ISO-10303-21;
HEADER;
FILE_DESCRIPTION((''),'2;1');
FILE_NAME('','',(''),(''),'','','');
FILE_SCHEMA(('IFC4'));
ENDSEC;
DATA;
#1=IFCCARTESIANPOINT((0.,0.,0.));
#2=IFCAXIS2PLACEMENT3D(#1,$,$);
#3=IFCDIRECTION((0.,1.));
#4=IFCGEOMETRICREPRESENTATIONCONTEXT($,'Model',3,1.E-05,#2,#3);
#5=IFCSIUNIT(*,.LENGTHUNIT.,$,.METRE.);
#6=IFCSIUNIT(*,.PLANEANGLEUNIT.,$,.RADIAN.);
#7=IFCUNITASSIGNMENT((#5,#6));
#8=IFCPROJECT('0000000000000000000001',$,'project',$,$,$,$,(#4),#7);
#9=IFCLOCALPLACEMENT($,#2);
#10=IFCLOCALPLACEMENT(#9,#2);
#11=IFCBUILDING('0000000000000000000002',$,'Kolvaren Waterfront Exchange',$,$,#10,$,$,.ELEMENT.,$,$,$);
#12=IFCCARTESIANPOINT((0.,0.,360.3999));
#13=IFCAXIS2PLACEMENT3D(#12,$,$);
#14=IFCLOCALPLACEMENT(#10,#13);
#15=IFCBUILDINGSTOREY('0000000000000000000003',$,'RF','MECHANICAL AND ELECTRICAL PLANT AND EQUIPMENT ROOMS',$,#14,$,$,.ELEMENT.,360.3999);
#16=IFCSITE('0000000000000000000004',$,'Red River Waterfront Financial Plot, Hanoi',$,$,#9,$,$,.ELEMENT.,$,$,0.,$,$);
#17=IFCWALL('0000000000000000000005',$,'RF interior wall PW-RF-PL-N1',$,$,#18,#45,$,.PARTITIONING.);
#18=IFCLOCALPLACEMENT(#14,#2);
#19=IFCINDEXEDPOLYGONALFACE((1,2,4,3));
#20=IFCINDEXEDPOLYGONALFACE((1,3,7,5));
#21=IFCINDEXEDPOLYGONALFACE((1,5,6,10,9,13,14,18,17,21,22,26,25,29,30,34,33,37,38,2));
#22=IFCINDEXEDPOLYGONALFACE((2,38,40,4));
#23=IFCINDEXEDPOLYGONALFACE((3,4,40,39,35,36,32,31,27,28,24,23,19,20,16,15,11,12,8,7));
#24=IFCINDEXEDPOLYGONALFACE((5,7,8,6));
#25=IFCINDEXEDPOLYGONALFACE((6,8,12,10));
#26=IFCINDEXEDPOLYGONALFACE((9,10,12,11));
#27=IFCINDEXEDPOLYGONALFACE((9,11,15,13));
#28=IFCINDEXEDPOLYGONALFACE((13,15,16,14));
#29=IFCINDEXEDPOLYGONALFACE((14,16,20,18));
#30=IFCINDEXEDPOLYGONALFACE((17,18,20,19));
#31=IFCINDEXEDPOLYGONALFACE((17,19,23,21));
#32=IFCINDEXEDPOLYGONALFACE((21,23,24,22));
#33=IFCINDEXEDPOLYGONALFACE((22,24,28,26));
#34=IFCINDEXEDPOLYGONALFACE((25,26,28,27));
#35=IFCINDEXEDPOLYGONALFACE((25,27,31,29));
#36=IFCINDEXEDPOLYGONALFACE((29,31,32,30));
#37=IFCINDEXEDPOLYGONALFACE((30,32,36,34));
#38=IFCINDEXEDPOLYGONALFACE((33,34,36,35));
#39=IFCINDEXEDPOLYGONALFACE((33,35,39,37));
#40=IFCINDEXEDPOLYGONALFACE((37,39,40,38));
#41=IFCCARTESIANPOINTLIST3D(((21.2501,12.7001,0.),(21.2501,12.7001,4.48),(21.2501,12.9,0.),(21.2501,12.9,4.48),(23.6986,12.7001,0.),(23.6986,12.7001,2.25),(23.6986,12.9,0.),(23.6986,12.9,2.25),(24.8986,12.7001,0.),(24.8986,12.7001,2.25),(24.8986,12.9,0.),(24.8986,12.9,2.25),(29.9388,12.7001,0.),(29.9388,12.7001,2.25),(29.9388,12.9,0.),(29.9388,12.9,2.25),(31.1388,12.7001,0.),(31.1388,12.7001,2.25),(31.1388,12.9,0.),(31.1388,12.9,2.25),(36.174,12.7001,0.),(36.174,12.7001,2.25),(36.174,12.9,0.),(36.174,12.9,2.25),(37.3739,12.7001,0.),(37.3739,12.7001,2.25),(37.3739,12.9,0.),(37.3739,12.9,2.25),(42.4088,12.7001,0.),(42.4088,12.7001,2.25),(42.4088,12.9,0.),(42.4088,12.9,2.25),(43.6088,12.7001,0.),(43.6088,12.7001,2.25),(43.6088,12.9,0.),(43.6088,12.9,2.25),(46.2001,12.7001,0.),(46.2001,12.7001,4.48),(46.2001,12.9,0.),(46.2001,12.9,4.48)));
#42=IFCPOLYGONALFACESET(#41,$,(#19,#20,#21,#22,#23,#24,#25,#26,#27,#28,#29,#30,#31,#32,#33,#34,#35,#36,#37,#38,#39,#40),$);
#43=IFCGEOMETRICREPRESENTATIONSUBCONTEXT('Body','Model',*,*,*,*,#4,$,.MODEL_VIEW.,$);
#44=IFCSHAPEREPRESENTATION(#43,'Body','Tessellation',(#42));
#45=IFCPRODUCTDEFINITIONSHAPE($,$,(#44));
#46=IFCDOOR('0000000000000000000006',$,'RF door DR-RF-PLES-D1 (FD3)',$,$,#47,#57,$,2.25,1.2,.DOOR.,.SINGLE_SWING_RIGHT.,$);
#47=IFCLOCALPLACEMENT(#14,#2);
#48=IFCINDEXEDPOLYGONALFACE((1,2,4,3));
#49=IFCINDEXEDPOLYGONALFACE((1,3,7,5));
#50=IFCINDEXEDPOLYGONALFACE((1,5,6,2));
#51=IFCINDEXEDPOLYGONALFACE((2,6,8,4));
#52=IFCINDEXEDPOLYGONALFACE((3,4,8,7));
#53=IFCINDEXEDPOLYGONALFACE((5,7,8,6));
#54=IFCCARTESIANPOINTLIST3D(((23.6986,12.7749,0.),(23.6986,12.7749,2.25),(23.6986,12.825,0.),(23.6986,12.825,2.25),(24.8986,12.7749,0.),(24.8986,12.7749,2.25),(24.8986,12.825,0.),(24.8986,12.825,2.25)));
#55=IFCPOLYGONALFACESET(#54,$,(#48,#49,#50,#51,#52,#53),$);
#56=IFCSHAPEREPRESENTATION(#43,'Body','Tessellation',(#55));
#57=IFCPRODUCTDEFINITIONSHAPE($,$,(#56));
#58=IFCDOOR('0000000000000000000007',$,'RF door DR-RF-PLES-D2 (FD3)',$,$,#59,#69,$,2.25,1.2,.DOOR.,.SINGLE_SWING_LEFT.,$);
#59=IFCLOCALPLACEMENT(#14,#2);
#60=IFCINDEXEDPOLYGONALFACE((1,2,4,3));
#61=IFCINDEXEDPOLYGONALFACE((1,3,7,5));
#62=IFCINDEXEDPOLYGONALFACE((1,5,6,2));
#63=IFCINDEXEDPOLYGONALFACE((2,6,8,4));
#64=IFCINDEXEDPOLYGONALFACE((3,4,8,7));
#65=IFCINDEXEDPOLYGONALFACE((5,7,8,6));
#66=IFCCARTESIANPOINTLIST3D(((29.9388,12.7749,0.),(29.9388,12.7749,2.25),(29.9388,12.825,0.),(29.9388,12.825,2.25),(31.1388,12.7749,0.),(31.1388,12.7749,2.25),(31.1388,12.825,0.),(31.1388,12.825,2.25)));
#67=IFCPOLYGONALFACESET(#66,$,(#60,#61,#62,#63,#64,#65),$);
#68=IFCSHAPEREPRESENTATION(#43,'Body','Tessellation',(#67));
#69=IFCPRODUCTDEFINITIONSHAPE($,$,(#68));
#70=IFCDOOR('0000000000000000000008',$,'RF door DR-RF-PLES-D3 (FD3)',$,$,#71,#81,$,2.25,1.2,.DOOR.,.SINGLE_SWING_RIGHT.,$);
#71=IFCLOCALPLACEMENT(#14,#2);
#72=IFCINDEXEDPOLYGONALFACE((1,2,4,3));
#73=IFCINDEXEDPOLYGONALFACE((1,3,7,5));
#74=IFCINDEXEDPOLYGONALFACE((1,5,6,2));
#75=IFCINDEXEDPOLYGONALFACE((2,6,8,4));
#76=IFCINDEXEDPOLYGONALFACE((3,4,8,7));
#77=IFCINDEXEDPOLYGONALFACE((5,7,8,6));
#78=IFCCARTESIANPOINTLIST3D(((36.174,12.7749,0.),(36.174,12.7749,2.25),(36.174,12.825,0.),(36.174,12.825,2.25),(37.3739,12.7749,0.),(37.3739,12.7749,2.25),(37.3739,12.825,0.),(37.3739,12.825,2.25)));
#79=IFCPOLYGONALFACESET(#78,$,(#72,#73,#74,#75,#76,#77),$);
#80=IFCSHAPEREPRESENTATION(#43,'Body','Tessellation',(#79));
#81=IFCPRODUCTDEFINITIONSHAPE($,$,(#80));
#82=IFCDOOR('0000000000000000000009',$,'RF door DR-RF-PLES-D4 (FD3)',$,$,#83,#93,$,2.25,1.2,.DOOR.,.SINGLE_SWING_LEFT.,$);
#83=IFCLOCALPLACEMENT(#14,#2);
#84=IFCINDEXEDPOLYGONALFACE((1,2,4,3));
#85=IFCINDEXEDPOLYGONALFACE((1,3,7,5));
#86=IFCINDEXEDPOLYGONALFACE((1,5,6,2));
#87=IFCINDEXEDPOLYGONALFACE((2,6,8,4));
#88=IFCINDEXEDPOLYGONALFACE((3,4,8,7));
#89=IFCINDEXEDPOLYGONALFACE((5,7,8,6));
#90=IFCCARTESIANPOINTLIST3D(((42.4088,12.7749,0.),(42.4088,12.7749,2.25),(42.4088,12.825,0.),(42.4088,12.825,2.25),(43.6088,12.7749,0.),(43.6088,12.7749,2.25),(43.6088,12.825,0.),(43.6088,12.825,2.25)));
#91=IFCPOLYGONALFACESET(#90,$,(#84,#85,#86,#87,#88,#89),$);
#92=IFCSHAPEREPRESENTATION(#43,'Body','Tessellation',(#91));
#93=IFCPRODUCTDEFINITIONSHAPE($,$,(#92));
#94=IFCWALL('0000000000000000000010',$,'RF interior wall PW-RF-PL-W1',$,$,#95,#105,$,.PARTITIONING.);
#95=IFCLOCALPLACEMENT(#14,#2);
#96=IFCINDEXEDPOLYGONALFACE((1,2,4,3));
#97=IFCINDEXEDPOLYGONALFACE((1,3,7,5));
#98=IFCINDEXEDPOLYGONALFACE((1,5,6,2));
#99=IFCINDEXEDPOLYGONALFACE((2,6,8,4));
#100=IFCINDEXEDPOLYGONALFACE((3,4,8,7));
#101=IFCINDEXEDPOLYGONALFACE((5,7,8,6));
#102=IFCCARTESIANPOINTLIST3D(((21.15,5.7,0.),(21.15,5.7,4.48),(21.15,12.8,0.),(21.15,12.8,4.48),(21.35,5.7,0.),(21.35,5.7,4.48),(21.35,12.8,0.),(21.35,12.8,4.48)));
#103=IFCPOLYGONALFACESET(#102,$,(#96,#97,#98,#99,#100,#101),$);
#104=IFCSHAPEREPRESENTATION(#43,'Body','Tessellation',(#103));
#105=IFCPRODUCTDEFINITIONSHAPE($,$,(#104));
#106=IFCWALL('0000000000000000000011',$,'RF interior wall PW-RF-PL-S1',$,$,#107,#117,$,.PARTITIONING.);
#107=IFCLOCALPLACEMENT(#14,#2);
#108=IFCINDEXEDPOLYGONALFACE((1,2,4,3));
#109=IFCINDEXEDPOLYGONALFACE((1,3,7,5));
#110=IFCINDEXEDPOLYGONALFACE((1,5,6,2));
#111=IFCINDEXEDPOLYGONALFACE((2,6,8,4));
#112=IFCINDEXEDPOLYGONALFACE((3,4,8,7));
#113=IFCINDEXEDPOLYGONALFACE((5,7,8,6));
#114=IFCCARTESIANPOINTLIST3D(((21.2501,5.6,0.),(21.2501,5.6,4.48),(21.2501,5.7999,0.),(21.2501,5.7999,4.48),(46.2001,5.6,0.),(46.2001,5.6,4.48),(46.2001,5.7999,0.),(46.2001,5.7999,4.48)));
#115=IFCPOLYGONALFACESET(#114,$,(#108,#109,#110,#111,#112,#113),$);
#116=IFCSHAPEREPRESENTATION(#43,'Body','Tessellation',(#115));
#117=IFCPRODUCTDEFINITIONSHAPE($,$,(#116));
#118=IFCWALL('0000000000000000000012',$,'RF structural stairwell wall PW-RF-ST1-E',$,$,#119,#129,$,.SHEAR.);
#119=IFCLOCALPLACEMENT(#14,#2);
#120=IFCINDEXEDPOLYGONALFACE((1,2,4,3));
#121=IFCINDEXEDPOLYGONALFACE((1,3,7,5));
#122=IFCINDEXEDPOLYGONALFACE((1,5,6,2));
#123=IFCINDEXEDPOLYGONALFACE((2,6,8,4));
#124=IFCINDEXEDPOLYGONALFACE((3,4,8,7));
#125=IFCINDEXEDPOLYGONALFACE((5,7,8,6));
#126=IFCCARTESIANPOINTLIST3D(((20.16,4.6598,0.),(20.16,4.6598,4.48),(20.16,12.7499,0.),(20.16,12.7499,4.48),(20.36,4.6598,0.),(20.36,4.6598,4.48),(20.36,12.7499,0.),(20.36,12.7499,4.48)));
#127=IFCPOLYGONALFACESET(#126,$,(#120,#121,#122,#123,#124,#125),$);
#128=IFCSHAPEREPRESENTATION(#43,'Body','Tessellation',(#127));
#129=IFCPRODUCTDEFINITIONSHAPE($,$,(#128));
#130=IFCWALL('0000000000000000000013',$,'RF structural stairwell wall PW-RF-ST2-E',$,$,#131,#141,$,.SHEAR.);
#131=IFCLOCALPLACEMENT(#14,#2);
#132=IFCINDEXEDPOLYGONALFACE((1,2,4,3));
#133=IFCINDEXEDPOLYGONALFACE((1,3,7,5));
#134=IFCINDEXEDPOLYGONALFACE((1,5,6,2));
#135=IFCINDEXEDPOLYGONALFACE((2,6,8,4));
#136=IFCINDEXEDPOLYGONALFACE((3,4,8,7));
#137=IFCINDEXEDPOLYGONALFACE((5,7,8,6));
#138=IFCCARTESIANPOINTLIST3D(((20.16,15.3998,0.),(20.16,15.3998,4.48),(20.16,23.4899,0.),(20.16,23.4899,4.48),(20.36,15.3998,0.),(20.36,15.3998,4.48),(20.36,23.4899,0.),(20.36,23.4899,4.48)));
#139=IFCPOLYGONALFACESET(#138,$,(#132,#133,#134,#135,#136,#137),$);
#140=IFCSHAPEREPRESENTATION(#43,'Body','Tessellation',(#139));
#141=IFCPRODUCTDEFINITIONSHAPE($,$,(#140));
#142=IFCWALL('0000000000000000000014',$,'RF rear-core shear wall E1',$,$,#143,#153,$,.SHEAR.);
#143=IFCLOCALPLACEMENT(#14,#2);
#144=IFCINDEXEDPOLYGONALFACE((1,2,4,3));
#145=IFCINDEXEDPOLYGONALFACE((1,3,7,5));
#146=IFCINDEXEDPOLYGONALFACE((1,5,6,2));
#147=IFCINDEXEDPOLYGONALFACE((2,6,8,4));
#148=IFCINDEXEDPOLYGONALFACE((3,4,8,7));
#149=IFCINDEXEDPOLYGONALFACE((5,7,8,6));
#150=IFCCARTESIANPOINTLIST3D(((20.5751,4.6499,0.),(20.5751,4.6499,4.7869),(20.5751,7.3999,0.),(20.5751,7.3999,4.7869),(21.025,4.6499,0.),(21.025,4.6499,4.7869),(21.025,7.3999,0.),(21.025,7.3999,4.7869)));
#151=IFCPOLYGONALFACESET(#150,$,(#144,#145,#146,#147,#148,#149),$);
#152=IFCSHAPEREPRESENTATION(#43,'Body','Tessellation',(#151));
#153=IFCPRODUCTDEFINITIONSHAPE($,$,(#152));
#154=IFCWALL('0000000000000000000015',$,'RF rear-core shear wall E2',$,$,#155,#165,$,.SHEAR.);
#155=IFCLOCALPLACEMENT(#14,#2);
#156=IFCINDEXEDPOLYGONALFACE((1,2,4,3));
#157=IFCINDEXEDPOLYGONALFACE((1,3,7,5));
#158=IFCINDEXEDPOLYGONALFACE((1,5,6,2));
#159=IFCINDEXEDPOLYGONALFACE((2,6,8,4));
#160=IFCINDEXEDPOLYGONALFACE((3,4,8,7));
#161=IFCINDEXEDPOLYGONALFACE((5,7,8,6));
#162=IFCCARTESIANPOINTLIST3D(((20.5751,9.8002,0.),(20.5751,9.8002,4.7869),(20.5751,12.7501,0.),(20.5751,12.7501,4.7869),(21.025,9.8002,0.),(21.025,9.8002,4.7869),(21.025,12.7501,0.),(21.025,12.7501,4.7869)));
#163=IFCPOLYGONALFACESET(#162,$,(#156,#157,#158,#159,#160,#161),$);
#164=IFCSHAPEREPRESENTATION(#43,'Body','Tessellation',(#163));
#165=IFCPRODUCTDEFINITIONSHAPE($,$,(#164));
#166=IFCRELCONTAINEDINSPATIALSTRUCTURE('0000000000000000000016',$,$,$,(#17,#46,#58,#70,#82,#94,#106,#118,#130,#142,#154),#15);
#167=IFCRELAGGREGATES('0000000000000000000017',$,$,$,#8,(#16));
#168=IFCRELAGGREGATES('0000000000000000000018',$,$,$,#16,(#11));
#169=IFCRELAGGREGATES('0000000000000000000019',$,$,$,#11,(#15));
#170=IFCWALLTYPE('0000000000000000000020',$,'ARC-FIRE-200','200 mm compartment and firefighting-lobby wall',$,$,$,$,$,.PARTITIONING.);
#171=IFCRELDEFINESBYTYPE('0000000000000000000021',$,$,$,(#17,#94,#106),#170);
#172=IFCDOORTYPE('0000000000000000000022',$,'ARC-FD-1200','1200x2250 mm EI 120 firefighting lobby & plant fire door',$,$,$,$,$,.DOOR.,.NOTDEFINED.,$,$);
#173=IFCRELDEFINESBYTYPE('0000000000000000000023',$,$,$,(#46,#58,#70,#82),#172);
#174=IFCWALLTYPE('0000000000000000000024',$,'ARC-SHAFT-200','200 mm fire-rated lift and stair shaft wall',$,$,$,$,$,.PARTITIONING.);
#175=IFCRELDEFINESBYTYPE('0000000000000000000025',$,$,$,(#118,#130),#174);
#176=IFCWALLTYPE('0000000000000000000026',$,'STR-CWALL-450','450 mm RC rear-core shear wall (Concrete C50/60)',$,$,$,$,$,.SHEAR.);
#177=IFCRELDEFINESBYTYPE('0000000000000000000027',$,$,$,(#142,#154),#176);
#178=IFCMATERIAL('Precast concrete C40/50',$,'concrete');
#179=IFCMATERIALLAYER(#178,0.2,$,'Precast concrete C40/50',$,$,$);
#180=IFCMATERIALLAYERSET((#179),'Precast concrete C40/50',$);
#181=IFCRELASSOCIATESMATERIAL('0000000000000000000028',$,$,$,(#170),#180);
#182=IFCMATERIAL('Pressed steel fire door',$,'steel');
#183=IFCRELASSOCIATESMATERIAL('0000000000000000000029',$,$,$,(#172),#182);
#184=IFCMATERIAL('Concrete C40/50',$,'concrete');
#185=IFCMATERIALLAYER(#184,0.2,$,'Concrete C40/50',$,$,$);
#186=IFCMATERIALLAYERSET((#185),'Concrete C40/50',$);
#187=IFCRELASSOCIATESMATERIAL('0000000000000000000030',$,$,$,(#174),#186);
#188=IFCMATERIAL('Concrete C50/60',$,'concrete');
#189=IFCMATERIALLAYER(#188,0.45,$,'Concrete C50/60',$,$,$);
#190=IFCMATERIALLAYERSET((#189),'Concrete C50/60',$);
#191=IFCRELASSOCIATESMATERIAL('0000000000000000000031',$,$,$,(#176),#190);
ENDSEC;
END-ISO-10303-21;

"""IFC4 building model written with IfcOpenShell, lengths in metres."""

from ifc_helpers import new_model, si_unit, direction, frame, frame_2d, origin, place, context, subcontext, project, spatial, rectangle, extrude, material, layer, layer_set, type_object, element, fill, save


model = new_model("IFC4")

# Units and contexts
model_context = context("Model", 3, precision=1e-05, world=origin(), true_north=direction((0.0, 1.0)))
body_context = subcontext(model_context, "Body", "Model", "MODEL_VIEW")
ifc_project = project(units=[si_unit("LENGTHUNIT", "METRE"), si_unit("PLANEANGLEUNIT", "RADIAN")], contexts=[model_context])

# Site, building, storey
site_placement = place(None, origin())
site = spatial("IfcSite", under=ifc_project, at=site_placement, Name="Red River Waterfront Financial Plot, Hanoi", CompositionType="ELEMENT", RefElevation=0.0)
building_placement = place(site_placement, origin())
building = spatial("IfcBuilding", under=site, at=building_placement, Name="Kolvaren Waterfront Exchange", CompositionType="ELEMENT")
storey_placement = place(building_placement, frame((0.0, 0.0, 360.3999)))
storey = spatial("IfcBuildingStorey", under=building, at=storey_placement, Name="RF", Description="MECHANICAL AND ELECTRICAL PLANT AND EQUIPMENT ROOMS", CompositionType="ELEMENT", Elevation=360.3999)

# Shared definitions
ifc_material_1 = material(Name="Concrete C50/60", Category="concrete")

# Wall, openings, doors
ifc_material_2 = material(Name="Precast concrete C40/50", Category="concrete")
ifc_layer_1 = layer(ifc_material_2, 0.2, Name="Precast concrete C40/50")
ifc_layer_set_1 = layer_set([ifc_layer_1], Name="Precast concrete C40/50")
wall_type_1 = type_object("IfcWallType", Name="ARC-FIRE-200", Description="200 mm compartment and firefighting-lobby wall", PredefinedType="PARTITIONING", material=ifc_layer_set_1)
wall_1_placement = place(storey_placement, frame((21.25, 12.8, 0.0), z_axis=(0.0, 0.0, 1.0), x_axis=(1.0, 0.0, 0.0)))
wall_1 = element("IfcWall", 1, at=wall_1_placement, inside=storey, type_object=wall_type_1, Name="RF interior wall PW-RF-PL-N1", PredefinedType="PARTITIONING", context=body_context, shape_type="SweptSolid", body=[
    extrude(rectangle(XDim=24.95, YDim=0.2, at=frame_2d((12.4751, 0.0))), origin(), (0.0, 0.0, 1.0), 4.48),
])
opening_1_placement = place(wall_1_placement, frame((2.4485, 0.0, 0.0)))
opening_1 = element("IfcOpeningElement", 2, at=opening_1_placement, cuts=wall_1, PredefinedType="OPENING", context=body_context, shape_type="SweptSolid", body=[
    extrude(rectangle(XDim=1.2, YDim=2.25, at=frame_2d((0.6001, 1.125))), frame((0.0, 0.1099, 0.0), z_axis=(0.0, -1.0, 0.0), x_axis=(1.0, 0.0, 0.0)), (0.0, 0.0, 1.0), 0.22),
])
opening_2_placement = place(wall_1_placement, frame((8.6887, 0.0, 0.0)))
opening_2 = element("IfcOpeningElement", 3, at=opening_2_placement, cuts=wall_1, PredefinedType="OPENING", context=body_context, shape_type="SweptSolid", body=[
    extrude(rectangle(XDim=1.2, YDim=2.25, at=frame_2d((0.6001, 1.125))), frame((0.0, 0.1099, 0.0), z_axis=(0.0, -1.0, 0.0), x_axis=(1.0, 0.0, 0.0)), (0.0, 0.0, 1.0), 0.22),
])
opening_3_placement = place(wall_1_placement, frame((14.9238, 0.0, 0.0)))
opening_3 = element("IfcOpeningElement", 4, at=opening_3_placement, cuts=wall_1, PredefinedType="OPENING", context=body_context, shape_type="SweptSolid", body=[
    extrude(rectangle(XDim=1.2, YDim=2.25, at=frame_2d((0.6001, 1.125))), frame((0.0, 0.1099, 0.0), z_axis=(0.0, -1.0, 0.0), x_axis=(1.0, 0.0, 0.0)), (0.0, 0.0, 1.0), 0.22),
])
opening_4_placement = place(wall_1_placement, frame((21.1587, 0.0, 0.0)))
opening_4 = element("IfcOpeningElement", 5, at=opening_4_placement, cuts=wall_1, PredefinedType="OPENING", context=body_context, shape_type="SweptSolid", body=[
    extrude(rectangle(XDim=1.2, YDim=2.25, at=frame_2d((0.6001, 1.125))), frame((0.0, 0.1099, 0.0), z_axis=(0.0, -1.0, 0.0), x_axis=(1.0, 0.0, 0.0)), (0.0, 0.0, 1.0), 0.22),
])
ifc_material_3 = material(Name="Pressed steel fire door", Category="steel")
door_type = type_object("IfcDoorType", Name="ARC-FD-1200", Description="1200x2250 mm EI 120 firefighting lobby & plant fire door", OperationType="NOTDEFINED", PredefinedType="DOOR", material=ifc_material_3)
door_1_placement = place(opening_1_placement, origin())
door_1 = element("IfcDoor", 6, at=door_1_placement, inside=storey, type_object=door_type, Name="RF door DR-RF-PLES-D1 (FD3)", OperationType="SINGLE_SWING_RIGHT", OverallHeight=2.25, OverallWidth=1.2, PredefinedType="DOOR", context=body_context, shape_type="SweptSolid", body=[
    extrude(rectangle(XDim=1.2, YDim=2.25, at=frame_2d((0.6001, 1.125))), frame((0.0, 0.0249, 0.0), z_axis=(0.0, -1.0, 0.0), x_axis=(1.0, 0.0, 0.0)), (0.0, 0.0, 1.0), 0.05),
])
fill(opening_1, door_1)
door_2_placement = place(opening_2_placement, origin())
door_2 = element("IfcDoor", 7, at=door_2_placement, inside=storey, type_object=door_type, Name="RF door DR-RF-PLES-D2 (FD3)", OperationType="SINGLE_SWING_LEFT", OverallHeight=2.25, OverallWidth=1.2, PredefinedType="DOOR", context=body_context, shape_type="SweptSolid", body=[
    extrude(rectangle(XDim=1.2, YDim=2.25, at=frame_2d((0.6001, 1.125))), frame((0.0, 0.0249, 0.0), z_axis=(0.0, -1.0, 0.0), x_axis=(1.0, 0.0, 0.0)), (0.0, 0.0, 1.0), 0.05),
])
fill(opening_2, door_2)
door_3_placement = place(opening_3_placement, origin())
door_3 = element("IfcDoor", 8, at=door_3_placement, inside=storey, type_object=door_type, Name="RF door DR-RF-PLES-D3 (FD3)", OperationType="SINGLE_SWING_RIGHT", OverallHeight=2.25, OverallWidth=1.2, PredefinedType="DOOR", context=body_context, shape_type="SweptSolid", body=[
    extrude(rectangle(XDim=1.2, YDim=2.25, at=frame_2d((0.6001, 1.125))), frame((0.0, 0.0249, 0.0), z_axis=(0.0, -1.0, 0.0), x_axis=(1.0, 0.0, 0.0)), (0.0, 0.0, 1.0), 0.05),
])
fill(opening_3, door_3)
door_4_placement = place(opening_4_placement, origin())
door_4 = element("IfcDoor", 9, at=door_4_placement, inside=storey, type_object=door_type, Name="RF door DR-RF-PLES-D4 (FD3)", OperationType="SINGLE_SWING_LEFT", OverallHeight=2.25, OverallWidth=1.2, PredefinedType="DOOR", context=body_context, shape_type="SweptSolid", body=[
    extrude(rectangle(XDim=1.2, YDim=2.25, at=frame_2d((0.6001, 1.125))), frame((0.0, 0.0249, 0.0), z_axis=(0.0, -1.0, 0.0), x_axis=(1.0, 0.0, 0.0)), (0.0, 0.0, 1.0), 0.05),
])
fill(opening_4, door_4)

# Walls
wall_2_placement = place(storey_placement, frame((21.25, 5.7, 0.0), z_axis=(0.0, 0.0, 1.0), x_axis=(0.0, 1.0, 0.0)))
element("IfcWall", 10, at=wall_2_placement, inside=storey, type_object=wall_type_1, Name="RF interior wall PW-RF-PL-W1", PredefinedType="PARTITIONING", context=body_context, shape_type="SweptSolid", body=[
    extrude(rectangle(XDim=7.1001, YDim=0.2, at=frame_2d((3.55, 0.0))), origin(), (0.0, 0.0, 1.0), 4.48),
])
wall_3_placement = place(storey_placement, frame((21.25, 5.7, 0.0), z_axis=(0.0, 0.0, 1.0), x_axis=(1.0, 0.0, 0.0)))
element("IfcWall", 11, at=wall_3_placement, inside=storey, type_object=wall_type_1, Name="RF interior wall PW-RF-PL-S1", PredefinedType="PARTITIONING", context=body_context, shape_type="SweptSolid", body=[
    extrude(rectangle(XDim=24.95, YDim=0.2, at=frame_2d((12.4751, 0.0))), origin(), (0.0, 0.0, 1.0), 4.48),
])
ifc_material_4 = material(Name="Concrete C40/50", Category="concrete")
ifc_layer_2 = layer(ifc_material_4, 0.2, Name="Concrete C40/50")
ifc_layer_set_2 = layer_set([ifc_layer_2], Name="Concrete C40/50")
wall_type_2 = type_object("IfcWallType", Name="ARC-SHAFT-200", Description="200 mm fire-rated lift and stair shaft wall", PredefinedType="PARTITIONING", material=ifc_layer_set_2)
for number, where, z_axis, x_axis, name in (
    (12, (20.26, 4.6599, 0.0), (0.0, 0.0, 1.0), (0.0, 1.0, 0.0), "RF structural stairwell wall PW-RF-ST1-E"),
    (13, (20.26, 15.3999, 0.0), (0.0, 0.0, 1.0), (0.0, 1.0, 0.0), "RF structural stairwell wall PW-RF-ST2-E"),
):
    element("IfcWall", number, at=place(storey_placement, frame(where, z_axis=z_axis, x_axis=x_axis)), inside=storey, type_object=wall_type_2, Name=name, PredefinedType="SHEAR", context=body_context, shape_type="SweptSolid", body=[
        extrude(rectangle(XDim=8.0901, YDim=0.2, at=frame_2d((4.0449, 0.0))), origin(), (0.0, 0.0, 1.0), 4.48),
    ])
ifc_layer_3 = layer(ifc_material_1, 0.45, Name="Concrete C50/60")
ifc_layer_set_3 = layer_set([ifc_layer_3], Name="Concrete C50/60")
wall_type_3 = type_object("IfcWallType", Name="STR-CWALL-450", Description="450 mm RC rear-core shear wall (Concrete C50/60)", PredefinedType="SHEAR", material=ifc_layer_set_3)
wall_4_placement = place(storey_placement, frame((20.8, 4.6499, 0.0), z_axis=(0.0, 0.0, 1.0), x_axis=(0.0, 1.0, 0.0)))
element("IfcWall", 14, at=wall_4_placement, inside=storey, type_object=wall_type_3, Name="RF rear-core shear wall E1", PredefinedType="SHEAR", context=body_context, shape_type="SweptSolid", body=[
    extrude(rectangle(XDim=2.75, YDim=0.45, at=frame_2d((1.375, 0.0))), origin(), (0.0, 0.0, 1.0), 4.7869),
])
wall_5_placement = place(storey_placement, frame((20.8, 9.8, 0.0), z_axis=(0.0, 0.0, 1.0), x_axis=(0.0, 1.0, 0.0)))
element("IfcWall", 15, at=wall_5_placement, inside=storey, type_object=wall_type_3, Name="RF rear-core shear wall E2", PredefinedType="SHEAR", context=body_context, shape_type="SweptSolid", body=[
    extrude(rectangle(XDim=2.95, YDim=0.45, at=frame_2d((1.4751, 0.0))), origin(), (0.0, 0.0, 1.0), 4.7869),
])

save(model, "model.ifc")
